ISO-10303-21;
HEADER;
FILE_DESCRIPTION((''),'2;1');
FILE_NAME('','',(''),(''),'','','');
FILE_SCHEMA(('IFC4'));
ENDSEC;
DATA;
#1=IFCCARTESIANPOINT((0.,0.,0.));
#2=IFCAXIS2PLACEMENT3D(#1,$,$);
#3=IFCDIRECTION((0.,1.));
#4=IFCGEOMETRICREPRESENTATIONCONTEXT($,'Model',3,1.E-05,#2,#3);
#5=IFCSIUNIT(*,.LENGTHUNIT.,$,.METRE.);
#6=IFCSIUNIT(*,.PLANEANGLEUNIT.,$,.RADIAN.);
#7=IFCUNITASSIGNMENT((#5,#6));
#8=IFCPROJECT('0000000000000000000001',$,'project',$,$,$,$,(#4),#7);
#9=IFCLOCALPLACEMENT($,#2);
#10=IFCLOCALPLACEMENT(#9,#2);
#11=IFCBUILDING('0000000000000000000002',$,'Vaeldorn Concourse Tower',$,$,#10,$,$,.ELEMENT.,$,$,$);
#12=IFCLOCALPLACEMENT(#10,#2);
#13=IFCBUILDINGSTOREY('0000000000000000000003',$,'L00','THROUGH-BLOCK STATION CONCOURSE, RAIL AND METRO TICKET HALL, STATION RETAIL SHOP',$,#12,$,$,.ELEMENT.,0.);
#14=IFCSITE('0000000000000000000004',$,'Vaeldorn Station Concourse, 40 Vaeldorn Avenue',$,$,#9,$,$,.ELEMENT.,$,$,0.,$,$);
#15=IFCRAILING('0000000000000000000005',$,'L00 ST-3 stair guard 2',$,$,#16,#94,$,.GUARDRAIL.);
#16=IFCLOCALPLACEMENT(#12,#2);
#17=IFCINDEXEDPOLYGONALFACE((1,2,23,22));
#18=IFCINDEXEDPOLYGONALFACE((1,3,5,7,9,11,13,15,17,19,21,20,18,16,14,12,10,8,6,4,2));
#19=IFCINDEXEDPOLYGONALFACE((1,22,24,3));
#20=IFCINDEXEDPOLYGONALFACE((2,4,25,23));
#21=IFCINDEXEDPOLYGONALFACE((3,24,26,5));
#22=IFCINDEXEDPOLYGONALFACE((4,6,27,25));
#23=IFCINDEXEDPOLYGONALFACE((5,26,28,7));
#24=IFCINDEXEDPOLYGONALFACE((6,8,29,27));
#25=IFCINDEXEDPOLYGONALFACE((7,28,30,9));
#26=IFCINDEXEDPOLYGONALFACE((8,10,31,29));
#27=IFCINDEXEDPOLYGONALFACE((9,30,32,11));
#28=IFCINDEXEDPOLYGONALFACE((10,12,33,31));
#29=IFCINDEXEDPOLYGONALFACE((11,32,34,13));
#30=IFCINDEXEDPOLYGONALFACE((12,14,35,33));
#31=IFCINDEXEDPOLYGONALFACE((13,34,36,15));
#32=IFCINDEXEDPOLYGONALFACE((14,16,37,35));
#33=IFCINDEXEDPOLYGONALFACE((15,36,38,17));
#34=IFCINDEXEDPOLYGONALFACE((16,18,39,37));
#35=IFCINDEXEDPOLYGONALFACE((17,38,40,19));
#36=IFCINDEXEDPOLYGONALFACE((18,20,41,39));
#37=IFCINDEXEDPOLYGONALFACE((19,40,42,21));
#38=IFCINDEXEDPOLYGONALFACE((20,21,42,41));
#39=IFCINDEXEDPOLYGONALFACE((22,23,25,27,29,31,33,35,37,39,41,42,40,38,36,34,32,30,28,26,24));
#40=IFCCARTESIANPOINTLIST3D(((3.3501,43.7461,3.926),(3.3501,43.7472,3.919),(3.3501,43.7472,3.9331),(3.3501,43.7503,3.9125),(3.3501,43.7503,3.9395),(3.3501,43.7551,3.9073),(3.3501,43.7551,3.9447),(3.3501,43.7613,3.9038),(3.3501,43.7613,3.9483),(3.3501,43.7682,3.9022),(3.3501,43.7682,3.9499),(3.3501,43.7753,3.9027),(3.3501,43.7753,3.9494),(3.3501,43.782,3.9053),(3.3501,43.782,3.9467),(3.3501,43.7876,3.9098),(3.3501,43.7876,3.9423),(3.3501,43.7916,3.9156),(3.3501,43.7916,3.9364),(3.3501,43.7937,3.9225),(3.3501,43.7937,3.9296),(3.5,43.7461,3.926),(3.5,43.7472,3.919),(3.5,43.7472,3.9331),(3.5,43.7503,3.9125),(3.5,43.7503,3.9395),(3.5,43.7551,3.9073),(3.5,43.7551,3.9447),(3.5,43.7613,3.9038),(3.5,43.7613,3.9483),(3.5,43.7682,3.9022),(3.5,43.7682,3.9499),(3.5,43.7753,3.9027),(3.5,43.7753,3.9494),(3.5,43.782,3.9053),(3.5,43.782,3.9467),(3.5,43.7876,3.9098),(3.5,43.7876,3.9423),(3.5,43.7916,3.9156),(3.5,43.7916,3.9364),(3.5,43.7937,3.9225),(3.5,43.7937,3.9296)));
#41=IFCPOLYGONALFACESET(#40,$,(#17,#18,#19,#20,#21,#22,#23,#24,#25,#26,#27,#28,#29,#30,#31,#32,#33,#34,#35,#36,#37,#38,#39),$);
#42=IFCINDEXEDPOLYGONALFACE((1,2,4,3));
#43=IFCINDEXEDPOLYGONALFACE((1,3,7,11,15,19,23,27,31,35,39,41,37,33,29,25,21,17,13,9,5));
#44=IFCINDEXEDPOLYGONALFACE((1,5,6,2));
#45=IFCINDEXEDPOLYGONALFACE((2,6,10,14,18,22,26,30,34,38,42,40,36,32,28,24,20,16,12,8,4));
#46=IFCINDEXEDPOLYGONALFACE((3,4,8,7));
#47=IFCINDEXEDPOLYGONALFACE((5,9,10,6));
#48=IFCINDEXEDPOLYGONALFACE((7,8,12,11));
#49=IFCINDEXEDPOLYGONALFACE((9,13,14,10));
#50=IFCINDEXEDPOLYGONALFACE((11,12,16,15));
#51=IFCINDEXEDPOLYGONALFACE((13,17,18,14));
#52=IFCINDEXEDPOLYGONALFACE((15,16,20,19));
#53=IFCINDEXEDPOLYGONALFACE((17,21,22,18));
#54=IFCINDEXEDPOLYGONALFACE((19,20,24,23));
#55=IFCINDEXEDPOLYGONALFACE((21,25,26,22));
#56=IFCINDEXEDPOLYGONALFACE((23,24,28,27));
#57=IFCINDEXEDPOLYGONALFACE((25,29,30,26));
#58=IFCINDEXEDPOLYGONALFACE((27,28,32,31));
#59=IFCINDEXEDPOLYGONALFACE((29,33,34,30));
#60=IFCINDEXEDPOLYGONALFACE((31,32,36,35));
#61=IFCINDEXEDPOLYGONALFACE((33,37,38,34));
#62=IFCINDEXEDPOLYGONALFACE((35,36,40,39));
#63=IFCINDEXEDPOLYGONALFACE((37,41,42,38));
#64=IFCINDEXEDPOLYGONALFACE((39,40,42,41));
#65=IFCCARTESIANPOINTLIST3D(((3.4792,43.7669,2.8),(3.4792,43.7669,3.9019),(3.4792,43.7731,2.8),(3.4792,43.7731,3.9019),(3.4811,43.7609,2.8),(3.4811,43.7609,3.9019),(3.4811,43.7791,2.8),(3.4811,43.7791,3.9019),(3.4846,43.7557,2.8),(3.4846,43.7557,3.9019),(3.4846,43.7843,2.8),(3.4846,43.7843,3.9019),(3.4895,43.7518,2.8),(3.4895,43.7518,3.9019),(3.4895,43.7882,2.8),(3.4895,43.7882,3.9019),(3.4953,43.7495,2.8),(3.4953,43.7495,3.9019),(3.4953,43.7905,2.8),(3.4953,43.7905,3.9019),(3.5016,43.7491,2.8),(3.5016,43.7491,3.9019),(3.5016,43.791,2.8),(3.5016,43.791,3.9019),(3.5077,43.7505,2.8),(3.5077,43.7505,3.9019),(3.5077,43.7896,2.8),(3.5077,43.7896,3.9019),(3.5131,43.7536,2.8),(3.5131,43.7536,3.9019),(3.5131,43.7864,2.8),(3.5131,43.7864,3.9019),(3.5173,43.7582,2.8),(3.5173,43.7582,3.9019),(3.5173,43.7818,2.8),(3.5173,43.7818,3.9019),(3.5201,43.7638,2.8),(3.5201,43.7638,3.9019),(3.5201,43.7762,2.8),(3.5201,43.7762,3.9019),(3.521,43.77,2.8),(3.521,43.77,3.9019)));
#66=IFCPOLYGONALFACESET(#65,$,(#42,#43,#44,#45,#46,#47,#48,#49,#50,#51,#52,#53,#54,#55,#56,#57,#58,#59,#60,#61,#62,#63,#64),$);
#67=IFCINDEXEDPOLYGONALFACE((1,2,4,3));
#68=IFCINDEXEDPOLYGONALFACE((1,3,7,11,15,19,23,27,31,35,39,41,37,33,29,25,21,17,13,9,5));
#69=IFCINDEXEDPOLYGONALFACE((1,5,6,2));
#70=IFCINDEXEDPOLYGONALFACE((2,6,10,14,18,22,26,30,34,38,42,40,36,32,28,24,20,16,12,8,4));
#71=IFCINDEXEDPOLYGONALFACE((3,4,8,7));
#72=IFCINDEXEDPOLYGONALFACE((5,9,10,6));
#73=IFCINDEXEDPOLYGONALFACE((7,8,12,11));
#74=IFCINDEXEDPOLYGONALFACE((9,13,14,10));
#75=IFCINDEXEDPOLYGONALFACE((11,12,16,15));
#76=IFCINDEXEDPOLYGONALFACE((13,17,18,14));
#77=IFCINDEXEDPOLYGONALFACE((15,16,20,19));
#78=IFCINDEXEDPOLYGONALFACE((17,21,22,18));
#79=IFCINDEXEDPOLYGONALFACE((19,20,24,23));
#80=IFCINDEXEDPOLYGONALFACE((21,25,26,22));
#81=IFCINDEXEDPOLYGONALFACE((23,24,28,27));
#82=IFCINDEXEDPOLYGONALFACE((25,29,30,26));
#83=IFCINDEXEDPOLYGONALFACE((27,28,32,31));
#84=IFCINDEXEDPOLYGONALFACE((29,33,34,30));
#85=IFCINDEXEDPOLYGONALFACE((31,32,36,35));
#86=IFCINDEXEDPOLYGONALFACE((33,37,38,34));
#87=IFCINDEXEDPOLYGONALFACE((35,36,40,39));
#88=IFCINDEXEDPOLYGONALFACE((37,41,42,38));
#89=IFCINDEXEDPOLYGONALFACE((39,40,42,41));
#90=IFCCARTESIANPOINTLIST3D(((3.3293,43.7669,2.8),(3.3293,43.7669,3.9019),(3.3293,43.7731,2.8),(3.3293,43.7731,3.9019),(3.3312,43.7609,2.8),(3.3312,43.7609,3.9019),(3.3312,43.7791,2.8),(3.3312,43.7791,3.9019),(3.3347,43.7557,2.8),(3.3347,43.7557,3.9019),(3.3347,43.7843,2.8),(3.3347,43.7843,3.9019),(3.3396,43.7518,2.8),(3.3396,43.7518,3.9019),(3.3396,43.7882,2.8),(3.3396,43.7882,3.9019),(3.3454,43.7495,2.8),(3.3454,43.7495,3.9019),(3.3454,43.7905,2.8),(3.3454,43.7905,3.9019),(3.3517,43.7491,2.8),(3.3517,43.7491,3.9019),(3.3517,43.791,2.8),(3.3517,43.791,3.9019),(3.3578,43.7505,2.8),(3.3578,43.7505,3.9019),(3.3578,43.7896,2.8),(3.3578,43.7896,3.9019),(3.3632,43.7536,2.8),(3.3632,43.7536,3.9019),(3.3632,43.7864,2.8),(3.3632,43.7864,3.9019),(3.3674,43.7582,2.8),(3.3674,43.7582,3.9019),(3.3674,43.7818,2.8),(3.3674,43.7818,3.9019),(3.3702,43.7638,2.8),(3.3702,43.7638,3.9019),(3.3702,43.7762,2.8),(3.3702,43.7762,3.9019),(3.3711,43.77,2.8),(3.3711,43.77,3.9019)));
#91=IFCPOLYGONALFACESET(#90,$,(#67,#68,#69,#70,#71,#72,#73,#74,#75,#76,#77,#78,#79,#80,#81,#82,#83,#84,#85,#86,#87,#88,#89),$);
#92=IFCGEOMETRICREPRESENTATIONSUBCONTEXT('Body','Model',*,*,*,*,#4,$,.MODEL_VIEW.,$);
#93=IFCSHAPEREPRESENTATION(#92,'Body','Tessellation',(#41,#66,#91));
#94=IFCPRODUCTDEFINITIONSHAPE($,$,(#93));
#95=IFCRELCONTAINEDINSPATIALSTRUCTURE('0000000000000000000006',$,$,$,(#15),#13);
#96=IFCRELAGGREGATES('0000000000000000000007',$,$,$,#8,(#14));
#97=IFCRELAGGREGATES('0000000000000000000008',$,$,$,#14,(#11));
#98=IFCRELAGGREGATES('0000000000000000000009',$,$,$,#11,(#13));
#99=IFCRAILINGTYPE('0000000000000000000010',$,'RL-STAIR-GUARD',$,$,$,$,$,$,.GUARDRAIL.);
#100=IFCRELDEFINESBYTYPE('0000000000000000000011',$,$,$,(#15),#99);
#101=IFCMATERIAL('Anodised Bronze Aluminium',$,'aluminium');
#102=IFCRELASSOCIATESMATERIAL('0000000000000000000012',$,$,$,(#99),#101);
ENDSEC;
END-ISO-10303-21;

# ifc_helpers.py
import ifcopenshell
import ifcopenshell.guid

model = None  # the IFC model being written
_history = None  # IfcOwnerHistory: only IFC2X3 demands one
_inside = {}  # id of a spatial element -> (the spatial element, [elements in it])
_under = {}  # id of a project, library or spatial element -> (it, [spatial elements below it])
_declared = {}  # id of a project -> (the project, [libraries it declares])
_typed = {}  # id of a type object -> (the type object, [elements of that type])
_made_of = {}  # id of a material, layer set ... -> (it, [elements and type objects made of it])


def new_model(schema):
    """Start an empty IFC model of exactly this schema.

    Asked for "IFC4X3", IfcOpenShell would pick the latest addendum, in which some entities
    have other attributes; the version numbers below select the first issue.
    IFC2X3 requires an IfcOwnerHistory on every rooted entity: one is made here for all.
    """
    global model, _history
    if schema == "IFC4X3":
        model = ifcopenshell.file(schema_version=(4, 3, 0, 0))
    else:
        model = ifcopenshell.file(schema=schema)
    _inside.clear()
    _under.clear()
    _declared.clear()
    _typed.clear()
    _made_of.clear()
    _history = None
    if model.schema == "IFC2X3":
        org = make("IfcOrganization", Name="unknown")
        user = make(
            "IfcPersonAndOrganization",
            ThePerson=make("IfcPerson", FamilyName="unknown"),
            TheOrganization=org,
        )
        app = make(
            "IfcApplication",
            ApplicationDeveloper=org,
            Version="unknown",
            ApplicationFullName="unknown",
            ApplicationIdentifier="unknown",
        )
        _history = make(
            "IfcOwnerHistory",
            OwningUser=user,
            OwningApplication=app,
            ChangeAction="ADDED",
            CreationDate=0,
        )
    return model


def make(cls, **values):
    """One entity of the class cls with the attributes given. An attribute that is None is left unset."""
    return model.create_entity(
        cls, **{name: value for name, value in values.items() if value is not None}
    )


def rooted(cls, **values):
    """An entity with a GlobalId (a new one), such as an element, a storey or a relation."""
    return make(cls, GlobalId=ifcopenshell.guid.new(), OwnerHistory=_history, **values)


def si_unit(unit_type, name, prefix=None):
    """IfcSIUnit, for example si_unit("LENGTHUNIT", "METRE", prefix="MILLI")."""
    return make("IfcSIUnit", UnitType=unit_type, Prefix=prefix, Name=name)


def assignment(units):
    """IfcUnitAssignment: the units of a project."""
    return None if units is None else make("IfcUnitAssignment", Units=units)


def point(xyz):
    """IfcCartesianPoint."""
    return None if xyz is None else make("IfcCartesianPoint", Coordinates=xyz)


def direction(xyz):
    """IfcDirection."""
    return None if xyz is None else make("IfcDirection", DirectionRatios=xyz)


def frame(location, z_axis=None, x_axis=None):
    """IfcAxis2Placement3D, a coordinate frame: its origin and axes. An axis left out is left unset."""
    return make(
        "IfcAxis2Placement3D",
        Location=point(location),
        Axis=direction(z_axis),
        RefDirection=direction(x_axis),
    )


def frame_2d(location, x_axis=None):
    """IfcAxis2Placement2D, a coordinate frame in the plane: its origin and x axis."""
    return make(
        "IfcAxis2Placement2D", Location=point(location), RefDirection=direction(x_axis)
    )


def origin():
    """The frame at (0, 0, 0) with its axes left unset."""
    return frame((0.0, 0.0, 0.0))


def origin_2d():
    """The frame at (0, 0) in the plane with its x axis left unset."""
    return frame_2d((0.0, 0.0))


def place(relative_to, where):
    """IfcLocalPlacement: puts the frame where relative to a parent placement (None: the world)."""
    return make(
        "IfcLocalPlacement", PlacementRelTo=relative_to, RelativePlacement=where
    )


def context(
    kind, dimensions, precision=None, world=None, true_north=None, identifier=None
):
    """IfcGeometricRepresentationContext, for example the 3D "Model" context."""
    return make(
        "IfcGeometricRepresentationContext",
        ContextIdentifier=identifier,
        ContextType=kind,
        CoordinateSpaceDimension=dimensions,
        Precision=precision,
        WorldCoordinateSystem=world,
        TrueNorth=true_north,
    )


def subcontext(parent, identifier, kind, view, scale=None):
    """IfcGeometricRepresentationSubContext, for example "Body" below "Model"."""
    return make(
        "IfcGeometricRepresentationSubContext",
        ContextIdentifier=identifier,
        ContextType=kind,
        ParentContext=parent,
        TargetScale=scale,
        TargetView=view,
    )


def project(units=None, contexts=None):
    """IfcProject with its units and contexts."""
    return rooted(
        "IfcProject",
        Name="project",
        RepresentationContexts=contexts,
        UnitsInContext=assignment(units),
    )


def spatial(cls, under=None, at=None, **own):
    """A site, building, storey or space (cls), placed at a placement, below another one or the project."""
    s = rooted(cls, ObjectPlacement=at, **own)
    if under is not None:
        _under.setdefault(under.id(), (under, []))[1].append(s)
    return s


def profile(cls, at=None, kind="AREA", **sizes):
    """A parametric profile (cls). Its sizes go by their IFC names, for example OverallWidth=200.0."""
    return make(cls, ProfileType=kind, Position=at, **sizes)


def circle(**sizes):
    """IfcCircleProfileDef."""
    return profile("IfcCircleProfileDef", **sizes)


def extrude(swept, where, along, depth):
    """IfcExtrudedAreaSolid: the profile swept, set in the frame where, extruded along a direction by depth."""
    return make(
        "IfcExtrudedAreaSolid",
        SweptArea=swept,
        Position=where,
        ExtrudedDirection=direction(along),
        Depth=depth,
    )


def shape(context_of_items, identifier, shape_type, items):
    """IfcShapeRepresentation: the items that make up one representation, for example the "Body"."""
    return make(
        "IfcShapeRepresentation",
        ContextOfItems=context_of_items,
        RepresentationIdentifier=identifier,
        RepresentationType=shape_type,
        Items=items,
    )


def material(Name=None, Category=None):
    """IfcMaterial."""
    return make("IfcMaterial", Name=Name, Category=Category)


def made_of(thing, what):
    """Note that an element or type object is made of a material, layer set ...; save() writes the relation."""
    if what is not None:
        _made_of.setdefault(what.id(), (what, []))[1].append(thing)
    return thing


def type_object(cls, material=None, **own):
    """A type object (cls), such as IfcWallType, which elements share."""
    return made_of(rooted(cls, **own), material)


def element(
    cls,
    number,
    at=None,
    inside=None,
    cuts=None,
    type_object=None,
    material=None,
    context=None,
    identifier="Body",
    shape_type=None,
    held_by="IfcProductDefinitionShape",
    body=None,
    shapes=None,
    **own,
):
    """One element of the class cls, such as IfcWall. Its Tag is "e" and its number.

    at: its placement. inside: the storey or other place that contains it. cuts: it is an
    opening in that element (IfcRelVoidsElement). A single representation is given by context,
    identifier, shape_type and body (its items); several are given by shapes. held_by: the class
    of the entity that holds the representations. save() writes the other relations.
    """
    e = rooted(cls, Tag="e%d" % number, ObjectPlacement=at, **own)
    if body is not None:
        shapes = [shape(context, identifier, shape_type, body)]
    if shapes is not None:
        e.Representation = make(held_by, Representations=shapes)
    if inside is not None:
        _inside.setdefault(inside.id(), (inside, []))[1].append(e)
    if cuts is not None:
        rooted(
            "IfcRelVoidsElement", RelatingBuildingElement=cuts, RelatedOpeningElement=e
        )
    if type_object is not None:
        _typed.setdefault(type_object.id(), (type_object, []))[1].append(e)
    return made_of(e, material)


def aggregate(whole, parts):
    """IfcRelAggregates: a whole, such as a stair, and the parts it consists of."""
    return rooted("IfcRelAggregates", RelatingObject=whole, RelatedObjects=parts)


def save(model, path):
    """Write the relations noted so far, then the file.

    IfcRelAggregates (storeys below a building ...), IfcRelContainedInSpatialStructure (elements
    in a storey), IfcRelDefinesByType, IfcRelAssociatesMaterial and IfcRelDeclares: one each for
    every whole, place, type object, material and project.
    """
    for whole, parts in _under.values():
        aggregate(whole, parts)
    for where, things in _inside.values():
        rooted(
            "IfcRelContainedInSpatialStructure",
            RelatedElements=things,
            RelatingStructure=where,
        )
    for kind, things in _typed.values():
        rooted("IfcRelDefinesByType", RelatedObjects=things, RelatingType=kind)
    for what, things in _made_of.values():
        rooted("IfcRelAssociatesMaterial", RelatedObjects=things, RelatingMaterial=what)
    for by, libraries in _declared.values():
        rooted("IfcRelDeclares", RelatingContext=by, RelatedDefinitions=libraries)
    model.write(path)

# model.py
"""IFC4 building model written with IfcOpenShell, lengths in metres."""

from ifc_helpers import new_model, si_unit, direction, frame, origin, origin_2d, place, context, subcontext, project, spatial, circle, extrude, material, type_object, element, save


model = new_model("IFC4")

# Units and contexts
model_context = context("Model", 3, precision=1e-05, world=origin(), true_north=direction((0.0, 1.0)))
body_context = subcontext(model_context, "Body", "Model", "MODEL_VIEW")
ifc_project = project(units=[si_unit("LENGTHUNIT", "METRE"), si_unit("PLANEANGLEUNIT", "RADIAN")], contexts=[model_context])

# Site, building, storey
site_placement = place(None, origin())
site = spatial("IfcSite", under=ifc_project, at=site_placement, Name="Vaeldorn Station Concourse, 40 Vaeldorn Avenue", CompositionType="ELEMENT", RefElevation=0.0)
building_placement = place(site_placement, origin())
building = spatial("IfcBuilding", under=site, at=building_placement, Name="Vaeldorn Concourse Tower", CompositionType="ELEMENT")
storey_placement = place(building_placement, origin())
storey = spatial("IfcBuildingStorey", under=building, at=storey_placement, Name="L00", Description="THROUGH-BLOCK STATION CONCOURSE, RAIL AND METRO TICKET HALL, STATION RETAIL SHOP", CompositionType="ELEMENT", Elevation=0.0)

# Shared definitions
ifc_material_1 = material(Name="Anodised Bronze Aluminium", Category="aluminium")

# Railing
railing_type_1 = type_object("IfcRailingType", Name="RL-STAIR-GUARD", PredefinedType="GUARDRAIL", material=ifc_material_1)
railing_1_placement = place(storey_placement, frame((3.5, 43.77, 2.8)))
element("IfcRailing", 1, at=railing_1_placement, inside=storey, type_object=railing_type_1, Name="L00 ST-3 stair guard 2", PredefinedType="GUARDRAIL", context=body_context, shape_type="SweptSolid", body=[
    extrude(circle(Radius=0.0239, at=origin_2d()), frame((0.0, 0.0, 1.126), z_axis=(-1.0, 0.0, 0.0), x_axis=(0.0, -1.0, 0.0)), (0.0, 0.0, 1.0), 0.1499),
    extrude(circle(Radius=0.021, at=origin_2d()), origin(), (0.0, 0.0, 1.0), 1.1018),
    extrude(circle(Radius=0.021, at=origin_2d()), frame((-0.1499, 0.0, 0.0)), (0.0, 0.0, 1.0), 1.1018),
])

save(model, "model.ifc")
